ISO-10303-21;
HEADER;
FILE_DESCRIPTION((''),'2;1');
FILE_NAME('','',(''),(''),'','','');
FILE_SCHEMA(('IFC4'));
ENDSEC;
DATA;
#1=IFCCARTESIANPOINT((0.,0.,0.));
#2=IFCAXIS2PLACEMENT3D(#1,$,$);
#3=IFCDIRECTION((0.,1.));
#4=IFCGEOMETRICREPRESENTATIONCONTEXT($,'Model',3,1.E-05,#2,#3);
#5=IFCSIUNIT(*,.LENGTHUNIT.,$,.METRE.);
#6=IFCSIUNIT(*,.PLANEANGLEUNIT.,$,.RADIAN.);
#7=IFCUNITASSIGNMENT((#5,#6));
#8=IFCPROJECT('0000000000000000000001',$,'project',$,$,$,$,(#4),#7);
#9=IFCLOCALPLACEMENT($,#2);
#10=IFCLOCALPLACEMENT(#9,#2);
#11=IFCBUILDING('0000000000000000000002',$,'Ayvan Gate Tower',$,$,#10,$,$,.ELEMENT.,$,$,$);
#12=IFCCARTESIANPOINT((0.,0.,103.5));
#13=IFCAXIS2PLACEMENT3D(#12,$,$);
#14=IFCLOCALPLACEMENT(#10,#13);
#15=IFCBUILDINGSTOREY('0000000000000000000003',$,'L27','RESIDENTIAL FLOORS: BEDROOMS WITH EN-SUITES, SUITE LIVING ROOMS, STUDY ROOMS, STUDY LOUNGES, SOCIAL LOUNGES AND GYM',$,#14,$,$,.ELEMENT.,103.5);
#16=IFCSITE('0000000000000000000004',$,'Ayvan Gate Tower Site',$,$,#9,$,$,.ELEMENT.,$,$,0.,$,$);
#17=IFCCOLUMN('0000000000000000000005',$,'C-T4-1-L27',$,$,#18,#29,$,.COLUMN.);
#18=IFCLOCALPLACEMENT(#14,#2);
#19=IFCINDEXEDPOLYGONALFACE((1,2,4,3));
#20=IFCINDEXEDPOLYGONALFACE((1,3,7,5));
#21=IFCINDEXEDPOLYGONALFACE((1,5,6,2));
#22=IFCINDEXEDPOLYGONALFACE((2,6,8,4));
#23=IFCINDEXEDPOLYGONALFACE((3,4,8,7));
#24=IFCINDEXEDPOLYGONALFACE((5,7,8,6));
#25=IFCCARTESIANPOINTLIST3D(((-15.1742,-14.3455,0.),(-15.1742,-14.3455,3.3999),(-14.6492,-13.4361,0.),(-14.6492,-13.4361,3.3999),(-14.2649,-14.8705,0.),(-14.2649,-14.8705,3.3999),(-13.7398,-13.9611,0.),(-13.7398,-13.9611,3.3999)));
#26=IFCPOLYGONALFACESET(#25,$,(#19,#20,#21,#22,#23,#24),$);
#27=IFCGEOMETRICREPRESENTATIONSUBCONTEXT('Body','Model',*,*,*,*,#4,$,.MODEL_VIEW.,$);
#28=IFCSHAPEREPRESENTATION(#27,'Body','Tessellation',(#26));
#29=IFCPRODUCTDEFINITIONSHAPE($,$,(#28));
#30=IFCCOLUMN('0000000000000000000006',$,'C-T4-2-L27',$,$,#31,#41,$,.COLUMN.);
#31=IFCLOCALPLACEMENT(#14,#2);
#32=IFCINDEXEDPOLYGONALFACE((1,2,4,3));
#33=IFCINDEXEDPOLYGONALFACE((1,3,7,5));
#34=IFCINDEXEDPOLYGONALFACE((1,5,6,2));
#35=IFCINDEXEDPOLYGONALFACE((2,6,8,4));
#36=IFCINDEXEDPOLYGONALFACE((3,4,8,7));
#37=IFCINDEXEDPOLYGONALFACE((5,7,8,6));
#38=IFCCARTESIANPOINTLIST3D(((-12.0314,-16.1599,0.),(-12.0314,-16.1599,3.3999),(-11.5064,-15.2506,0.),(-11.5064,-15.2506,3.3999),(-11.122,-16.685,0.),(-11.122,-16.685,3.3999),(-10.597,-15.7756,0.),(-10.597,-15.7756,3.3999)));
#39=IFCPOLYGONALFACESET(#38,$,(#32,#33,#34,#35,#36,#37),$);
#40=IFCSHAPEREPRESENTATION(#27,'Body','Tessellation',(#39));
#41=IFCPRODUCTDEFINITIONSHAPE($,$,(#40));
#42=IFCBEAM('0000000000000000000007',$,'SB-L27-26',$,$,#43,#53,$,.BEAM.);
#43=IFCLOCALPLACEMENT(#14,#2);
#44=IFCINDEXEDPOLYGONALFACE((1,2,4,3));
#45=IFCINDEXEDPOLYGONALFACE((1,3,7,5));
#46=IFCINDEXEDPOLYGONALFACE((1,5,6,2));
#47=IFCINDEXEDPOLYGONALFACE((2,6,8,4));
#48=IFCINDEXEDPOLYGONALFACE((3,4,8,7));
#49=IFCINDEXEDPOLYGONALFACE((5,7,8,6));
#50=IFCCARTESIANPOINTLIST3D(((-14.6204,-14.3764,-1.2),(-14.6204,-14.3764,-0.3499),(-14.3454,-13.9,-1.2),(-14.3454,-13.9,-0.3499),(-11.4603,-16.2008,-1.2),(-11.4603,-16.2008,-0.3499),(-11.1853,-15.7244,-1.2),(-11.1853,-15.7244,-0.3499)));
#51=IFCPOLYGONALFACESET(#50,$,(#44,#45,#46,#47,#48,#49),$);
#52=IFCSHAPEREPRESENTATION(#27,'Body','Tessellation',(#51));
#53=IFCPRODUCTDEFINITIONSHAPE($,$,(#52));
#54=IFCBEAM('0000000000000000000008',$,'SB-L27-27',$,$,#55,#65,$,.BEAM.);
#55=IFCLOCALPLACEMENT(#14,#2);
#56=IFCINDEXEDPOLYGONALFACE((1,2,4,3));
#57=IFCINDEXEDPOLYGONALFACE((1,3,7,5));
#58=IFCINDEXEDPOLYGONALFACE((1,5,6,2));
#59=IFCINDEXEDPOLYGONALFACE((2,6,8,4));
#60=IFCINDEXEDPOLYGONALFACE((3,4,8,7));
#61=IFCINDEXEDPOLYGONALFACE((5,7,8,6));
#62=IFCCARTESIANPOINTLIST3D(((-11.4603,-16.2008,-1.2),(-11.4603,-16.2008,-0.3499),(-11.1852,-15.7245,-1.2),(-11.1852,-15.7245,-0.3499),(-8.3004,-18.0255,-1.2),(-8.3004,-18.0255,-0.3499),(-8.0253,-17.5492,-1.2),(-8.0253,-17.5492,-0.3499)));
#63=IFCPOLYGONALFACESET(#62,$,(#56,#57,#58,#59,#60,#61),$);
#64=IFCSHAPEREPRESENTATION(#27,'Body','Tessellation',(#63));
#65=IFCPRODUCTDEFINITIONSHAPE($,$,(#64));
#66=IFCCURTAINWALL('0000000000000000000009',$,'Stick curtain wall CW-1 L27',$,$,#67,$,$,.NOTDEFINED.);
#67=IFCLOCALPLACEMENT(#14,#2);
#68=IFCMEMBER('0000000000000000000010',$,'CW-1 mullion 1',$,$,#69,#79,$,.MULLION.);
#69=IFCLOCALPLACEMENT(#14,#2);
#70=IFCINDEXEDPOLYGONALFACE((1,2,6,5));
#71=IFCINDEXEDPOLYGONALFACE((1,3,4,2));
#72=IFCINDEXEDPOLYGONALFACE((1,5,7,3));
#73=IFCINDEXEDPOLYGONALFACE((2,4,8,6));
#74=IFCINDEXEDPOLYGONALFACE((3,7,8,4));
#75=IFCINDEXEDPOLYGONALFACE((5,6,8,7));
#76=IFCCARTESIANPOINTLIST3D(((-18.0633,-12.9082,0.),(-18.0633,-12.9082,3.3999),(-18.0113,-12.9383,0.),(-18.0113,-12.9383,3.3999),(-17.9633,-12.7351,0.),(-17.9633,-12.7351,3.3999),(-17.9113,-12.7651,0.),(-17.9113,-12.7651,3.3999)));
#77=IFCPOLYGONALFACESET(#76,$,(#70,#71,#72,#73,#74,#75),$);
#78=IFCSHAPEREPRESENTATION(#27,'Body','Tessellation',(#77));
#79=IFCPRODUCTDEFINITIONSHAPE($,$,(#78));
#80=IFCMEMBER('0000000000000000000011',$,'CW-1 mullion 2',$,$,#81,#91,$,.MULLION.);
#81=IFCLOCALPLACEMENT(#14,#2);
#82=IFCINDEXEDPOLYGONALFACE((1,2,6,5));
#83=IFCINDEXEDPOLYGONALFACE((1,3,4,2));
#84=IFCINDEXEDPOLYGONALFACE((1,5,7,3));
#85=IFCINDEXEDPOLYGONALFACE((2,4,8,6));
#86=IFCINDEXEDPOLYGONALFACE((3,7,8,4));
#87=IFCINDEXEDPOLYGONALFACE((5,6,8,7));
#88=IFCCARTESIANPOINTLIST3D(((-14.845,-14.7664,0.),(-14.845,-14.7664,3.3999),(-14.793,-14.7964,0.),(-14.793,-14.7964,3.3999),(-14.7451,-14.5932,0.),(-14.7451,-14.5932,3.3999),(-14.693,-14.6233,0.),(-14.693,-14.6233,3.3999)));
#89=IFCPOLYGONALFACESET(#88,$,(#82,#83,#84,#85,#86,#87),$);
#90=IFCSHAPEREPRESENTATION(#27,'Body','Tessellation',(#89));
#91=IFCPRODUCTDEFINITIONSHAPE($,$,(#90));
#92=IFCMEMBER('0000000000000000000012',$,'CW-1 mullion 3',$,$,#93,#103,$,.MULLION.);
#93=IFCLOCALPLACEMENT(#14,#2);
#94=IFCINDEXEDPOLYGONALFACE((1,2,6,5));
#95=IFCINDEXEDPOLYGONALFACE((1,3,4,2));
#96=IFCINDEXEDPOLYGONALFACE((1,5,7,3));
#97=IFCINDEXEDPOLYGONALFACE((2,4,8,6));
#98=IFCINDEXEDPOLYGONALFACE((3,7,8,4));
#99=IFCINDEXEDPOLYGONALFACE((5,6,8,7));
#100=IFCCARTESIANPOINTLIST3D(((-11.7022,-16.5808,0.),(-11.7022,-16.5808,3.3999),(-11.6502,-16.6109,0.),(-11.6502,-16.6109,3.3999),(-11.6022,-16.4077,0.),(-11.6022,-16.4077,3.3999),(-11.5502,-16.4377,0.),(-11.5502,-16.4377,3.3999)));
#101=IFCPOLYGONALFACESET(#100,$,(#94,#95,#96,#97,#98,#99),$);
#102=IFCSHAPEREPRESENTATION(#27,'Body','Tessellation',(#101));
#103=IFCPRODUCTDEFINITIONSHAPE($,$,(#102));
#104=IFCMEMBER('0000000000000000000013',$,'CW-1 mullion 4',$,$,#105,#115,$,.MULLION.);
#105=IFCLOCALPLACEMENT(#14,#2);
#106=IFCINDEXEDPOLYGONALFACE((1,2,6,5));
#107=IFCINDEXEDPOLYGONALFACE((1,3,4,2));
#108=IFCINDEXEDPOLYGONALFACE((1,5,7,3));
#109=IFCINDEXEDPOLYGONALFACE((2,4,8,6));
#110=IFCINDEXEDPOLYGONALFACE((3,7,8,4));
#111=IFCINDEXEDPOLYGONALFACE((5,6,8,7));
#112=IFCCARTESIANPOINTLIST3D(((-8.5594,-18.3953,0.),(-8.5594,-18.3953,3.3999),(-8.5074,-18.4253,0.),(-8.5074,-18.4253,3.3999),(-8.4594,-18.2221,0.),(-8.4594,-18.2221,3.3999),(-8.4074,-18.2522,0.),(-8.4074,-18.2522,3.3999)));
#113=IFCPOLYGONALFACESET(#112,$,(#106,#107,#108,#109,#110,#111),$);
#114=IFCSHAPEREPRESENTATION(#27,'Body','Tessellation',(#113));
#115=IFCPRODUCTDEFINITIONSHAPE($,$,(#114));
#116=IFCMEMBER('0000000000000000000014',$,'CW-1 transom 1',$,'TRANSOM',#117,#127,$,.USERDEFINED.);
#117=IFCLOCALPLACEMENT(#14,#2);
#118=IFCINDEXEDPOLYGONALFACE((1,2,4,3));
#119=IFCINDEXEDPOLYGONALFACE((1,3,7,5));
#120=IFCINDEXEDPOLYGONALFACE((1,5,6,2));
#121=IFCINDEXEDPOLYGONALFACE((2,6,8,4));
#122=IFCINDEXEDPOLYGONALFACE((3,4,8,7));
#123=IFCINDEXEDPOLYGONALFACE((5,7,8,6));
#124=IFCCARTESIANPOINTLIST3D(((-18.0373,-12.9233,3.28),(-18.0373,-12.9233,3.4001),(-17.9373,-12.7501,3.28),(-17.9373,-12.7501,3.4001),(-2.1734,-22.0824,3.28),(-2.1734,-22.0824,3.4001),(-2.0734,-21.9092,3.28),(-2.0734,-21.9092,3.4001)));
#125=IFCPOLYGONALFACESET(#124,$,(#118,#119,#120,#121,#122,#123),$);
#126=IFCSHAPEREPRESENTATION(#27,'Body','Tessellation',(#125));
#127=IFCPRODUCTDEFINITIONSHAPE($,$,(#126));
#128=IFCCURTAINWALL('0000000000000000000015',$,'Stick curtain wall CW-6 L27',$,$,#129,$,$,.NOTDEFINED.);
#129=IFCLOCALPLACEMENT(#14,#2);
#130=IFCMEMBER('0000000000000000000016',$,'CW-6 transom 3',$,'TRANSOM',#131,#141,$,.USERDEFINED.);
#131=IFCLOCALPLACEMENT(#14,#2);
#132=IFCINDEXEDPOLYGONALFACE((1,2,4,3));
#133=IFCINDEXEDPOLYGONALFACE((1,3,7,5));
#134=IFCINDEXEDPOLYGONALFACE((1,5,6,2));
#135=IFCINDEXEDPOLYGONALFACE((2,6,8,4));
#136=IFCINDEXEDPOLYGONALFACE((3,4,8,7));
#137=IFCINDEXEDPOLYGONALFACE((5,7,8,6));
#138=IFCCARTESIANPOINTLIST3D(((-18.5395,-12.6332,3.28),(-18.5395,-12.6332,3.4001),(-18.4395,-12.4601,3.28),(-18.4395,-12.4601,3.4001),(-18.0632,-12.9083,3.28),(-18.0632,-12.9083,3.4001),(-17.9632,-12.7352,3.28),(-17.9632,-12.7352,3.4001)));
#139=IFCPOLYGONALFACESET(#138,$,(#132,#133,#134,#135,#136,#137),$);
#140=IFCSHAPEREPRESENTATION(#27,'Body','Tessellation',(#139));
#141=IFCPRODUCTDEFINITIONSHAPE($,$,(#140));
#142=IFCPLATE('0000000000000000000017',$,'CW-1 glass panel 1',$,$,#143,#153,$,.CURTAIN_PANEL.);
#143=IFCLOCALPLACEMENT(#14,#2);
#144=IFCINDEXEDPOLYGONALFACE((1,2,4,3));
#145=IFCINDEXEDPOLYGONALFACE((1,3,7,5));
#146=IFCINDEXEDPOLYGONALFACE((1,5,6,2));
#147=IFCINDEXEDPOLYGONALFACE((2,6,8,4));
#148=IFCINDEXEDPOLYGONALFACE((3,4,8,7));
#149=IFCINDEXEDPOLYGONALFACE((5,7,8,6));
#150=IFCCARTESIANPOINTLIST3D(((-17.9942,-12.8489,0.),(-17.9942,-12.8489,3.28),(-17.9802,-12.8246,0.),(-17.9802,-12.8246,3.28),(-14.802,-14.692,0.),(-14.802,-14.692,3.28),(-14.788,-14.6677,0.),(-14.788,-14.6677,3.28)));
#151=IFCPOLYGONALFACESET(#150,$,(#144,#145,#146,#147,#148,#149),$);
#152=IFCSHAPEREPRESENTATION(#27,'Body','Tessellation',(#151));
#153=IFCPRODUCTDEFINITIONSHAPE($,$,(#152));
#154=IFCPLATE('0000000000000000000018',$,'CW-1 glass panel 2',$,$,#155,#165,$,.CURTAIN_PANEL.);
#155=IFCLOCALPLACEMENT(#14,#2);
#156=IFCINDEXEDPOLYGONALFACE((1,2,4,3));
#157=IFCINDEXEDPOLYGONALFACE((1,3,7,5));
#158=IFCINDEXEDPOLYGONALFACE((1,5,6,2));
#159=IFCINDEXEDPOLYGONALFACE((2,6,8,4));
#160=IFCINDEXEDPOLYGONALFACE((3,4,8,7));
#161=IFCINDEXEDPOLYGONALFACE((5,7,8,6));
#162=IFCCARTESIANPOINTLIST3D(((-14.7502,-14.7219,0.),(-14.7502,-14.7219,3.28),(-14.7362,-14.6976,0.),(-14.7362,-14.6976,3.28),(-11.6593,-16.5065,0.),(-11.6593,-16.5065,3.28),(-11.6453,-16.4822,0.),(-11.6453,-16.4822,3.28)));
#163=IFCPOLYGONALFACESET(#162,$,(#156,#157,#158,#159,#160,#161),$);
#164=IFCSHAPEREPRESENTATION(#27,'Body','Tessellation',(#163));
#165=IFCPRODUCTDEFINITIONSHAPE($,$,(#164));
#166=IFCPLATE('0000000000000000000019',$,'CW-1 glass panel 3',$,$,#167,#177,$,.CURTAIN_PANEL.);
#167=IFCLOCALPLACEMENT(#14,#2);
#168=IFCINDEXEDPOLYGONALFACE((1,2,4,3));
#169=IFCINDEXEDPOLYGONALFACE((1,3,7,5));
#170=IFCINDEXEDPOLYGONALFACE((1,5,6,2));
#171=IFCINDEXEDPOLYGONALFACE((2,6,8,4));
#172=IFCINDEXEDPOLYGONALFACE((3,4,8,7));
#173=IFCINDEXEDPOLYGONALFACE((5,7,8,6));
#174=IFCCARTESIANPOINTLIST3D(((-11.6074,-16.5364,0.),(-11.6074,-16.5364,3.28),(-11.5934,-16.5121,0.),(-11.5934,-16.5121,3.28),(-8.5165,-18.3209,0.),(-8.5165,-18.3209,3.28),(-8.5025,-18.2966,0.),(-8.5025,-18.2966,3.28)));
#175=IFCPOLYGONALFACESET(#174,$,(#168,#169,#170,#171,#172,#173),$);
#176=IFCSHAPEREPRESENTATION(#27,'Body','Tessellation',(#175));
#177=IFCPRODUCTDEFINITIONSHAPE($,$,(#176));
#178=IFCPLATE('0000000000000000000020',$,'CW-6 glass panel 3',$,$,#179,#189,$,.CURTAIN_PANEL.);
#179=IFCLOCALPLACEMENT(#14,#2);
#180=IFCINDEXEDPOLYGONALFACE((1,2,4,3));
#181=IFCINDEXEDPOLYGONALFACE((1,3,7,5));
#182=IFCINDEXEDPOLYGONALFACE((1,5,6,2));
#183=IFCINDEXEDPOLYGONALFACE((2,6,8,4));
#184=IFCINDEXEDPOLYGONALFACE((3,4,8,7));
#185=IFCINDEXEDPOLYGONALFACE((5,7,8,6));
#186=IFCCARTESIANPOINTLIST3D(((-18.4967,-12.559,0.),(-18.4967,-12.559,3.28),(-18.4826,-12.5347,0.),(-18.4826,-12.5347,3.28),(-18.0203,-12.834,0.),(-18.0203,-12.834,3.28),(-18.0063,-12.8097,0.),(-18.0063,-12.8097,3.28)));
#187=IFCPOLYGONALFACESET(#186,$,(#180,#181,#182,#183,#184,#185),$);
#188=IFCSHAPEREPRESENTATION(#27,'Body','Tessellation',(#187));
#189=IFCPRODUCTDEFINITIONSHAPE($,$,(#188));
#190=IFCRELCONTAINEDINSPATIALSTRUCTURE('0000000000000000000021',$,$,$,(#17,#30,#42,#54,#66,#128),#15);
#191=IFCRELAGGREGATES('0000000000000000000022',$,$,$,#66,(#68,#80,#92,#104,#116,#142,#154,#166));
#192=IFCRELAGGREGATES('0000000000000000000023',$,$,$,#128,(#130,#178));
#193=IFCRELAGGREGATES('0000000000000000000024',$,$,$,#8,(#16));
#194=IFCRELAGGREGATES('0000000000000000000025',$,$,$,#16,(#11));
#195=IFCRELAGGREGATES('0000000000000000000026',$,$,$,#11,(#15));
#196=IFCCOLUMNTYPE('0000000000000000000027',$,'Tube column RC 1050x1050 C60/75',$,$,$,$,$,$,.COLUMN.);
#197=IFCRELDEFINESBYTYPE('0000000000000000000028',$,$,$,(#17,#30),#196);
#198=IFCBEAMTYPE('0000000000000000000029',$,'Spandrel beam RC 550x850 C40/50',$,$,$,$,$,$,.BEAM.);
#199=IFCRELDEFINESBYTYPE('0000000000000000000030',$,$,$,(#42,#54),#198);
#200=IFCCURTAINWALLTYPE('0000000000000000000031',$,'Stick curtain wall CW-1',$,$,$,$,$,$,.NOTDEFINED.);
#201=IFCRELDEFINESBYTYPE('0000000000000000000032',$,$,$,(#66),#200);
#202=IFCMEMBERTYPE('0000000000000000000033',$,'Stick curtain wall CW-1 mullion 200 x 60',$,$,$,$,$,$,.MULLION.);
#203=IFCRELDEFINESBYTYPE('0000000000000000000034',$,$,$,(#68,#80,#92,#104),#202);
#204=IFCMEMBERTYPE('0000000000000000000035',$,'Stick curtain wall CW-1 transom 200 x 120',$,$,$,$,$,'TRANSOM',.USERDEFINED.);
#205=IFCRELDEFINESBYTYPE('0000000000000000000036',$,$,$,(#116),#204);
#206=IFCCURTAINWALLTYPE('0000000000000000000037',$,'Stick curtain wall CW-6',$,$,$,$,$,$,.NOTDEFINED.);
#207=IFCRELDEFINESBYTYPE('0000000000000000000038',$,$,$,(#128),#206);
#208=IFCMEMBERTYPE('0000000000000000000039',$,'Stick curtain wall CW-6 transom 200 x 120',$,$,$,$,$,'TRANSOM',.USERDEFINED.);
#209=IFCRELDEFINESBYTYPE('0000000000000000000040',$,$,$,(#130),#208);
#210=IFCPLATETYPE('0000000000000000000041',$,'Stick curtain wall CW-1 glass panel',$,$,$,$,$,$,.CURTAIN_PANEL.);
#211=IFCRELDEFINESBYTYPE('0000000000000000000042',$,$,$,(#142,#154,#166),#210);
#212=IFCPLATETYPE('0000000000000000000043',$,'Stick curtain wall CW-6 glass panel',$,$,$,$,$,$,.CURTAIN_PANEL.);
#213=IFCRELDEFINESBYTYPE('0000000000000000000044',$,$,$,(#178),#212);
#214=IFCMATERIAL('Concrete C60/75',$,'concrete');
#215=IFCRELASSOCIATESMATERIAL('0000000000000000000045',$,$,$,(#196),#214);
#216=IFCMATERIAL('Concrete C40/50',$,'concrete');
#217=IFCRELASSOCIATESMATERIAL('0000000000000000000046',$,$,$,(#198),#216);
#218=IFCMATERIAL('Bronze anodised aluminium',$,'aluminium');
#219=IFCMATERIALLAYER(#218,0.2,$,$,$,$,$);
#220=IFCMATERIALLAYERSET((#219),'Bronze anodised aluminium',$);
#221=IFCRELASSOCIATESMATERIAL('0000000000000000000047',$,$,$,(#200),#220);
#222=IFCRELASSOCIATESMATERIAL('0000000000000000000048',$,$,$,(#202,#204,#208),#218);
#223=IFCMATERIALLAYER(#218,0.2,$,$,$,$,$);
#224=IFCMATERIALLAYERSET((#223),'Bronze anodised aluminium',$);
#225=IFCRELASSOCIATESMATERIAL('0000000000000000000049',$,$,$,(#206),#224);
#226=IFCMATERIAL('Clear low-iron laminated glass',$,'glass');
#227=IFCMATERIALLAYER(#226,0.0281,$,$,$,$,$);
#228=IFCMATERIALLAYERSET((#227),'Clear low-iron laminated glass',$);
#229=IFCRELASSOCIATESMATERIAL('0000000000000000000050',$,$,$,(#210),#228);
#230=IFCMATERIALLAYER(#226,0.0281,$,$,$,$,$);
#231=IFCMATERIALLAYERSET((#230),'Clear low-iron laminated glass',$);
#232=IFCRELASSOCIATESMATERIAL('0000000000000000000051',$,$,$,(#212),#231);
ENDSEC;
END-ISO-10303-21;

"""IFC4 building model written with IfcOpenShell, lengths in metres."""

from ifc_helpers import new_model, si_unit, direction, frame, origin, origin_2d, place, context, subcontext, project, spatial, rectangle, extrude, material, layer, layer_set, material_profile, profile_set, type_object, element, aggregate, save


model = new_model("IFC4")

# Units and contexts
model_context = context("Model", 3, precision=1e-05, world=origin(), true_north=direction((0.0, 1.0)))
body_context = subcontext(model_context, "Body", "Model", "MODEL_VIEW")
ifc_project = project(units=[si_unit("LENGTHUNIT", "METRE"), si_unit("PLANEANGLEUNIT", "RADIAN")], contexts=[model_context])

# Site, building, storey
site_placement = place(None, origin())
site = spatial("IfcSite", under=ifc_project, at=site_placement, Name="Ayvan Gate Tower Site", CompositionType="ELEMENT", RefElevation=0.0)
building_placement = place(site_placement, origin())
building = spatial("IfcBuilding", under=site, at=building_placement, Name="Ayvan Gate Tower", CompositionType="ELEMENT")
storey_placement = place(building_placement, frame((0.0, 0.0, 103.5)))
storey = spatial("IfcBuildingStorey", under=building, at=storey_placement, Name="L27", Description="RESIDENTIAL FLOORS: BEDROOMS WITH EN-SUITES, SUITE LIVING ROOMS, STUDY ROOMS, STUDY LOUNGES, SOCIAL LOUNGES AND GYM", CompositionType="ELEMENT", Elevation=103.5)

# Columns
ifc_material_1 = material(Name="Concrete C60/75", Category="concrete")
ifc_material_profile_1 = material_profile(ifc_material_1, rectangle(XDim=1.05, YDim=1.05, at=origin_2d()), Name="RC 1050x1050")
ifc_profile_set_1 = profile_set([ifc_material_profile_1], Name="Concrete C60/75")
column_type = type_object("IfcColumnType", Name="Tube column RC 1050x1050 C60/75", PredefinedType="COLUMN", material=ifc_profile_set_1)
for number, where, z_axis, x_axis, name in (
    (1, (-14.457, -14.1533, 0.0), (0.0, 0.0, 1.0), (-0.5, -0.866025, 0.0), "C-T4-1-L27"),
    (2, (-11.3142, -15.9678, 0.0), (0.0, 0.0, 1.0), (-0.5, -0.866025, 0.0), "C-T4-2-L27"),
):
    element("IfcColumn", number, at=place(storey_placement, frame(where, z_axis=z_axis, x_axis=x_axis)), inside=storey, type_object=column_type, Name=name, PredefinedType="COLUMN", context=body_context, shape_type="SweptSolid", body=[
        extrude(rectangle(XDim=1.05, YDim=1.05, at=origin_2d()), origin(), (0.0, 0.0, 1.0), 3.3999),
    ])

# Beams
ifc_material_2 = material(Name="Concrete C40/50", Category="concrete")
ifc_material_profile_2 = material_profile(ifc_material_2, rectangle(XDim=0.55, YDim=0.8501, at=origin_2d()), Name="RC 550x850")
ifc_profile_set_2 = profile_set([ifc_material_profile_2], Name="Concrete C40/50")
beam_type = type_object("IfcBeamType", Name="Spandrel beam RC 550x850 C40/50", PredefinedType="BEAM", material=ifc_profile_set_2)
for number, where, z_axis, x_axis, name in (
    (3, (-14.4829, -14.1382, -0.7749), (0.866032, -0.499989, 0.0), (0.499989, 0.866032, 0.0), "SB-L27-26"),
    (4, (-11.3228, -15.9626, -0.7749), (0.865986, -0.500068, 0.0), (0.500068, 0.865986, 0.0), "SB-L27-27"),
):
    element("IfcBeam", number, at=place(storey_placement, frame(where, z_axis=z_axis, x_axis=x_axis)), inside=storey, type_object=beam_type, Name=name, PredefinedType="BEAM", context=body_context, shape_type="SweptSolid", body=[
        extrude(rectangle(XDim=0.55, YDim=0.8501, at=origin_2d()), origin(), (0.0, 0.0, 1.0), 3.6489),
    ])

# Curtain wall, members
ifc_material_3 = material(Name="Bronze anodised aluminium", Category="aluminium")
ifc_layer_1 = layer(ifc_material_3, 0.2)
ifc_layer_set_1 = layer_set([ifc_layer_1], Name="Bronze anodised aluminium")
curtain_wall_type_1 = type_object("IfcCurtainWallType", Name="Stick curtain wall CW-1", PredefinedType="NOTDEFINED", material=ifc_layer_set_1)
curtain_wall_1_placement = place(storey_placement, origin())
curtain_wall_1 = element("IfcCurtainWall", 5, at=curtain_wall_1_placement, inside=storey, type_object=curtain_wall_type_1, Name="Stick curtain wall CW-1 L27", PredefinedType="NOTDEFINED")
ifc_material_profile_3 = material_profile(ifc_material_3, rectangle(XDim=0.2, YDim=0.0601, at=origin_2d()), Name="Stick curtain wall CW-1 mullion 200 x 60")
ifc_profile_set_3 = profile_set([ifc_material_profile_3], Name="Bronze anodised aluminium")
member_type_1 = type_object("IfcMemberType", Name="Stick curtain wall CW-1 mullion 200 x 60", PredefinedType="MULLION", material=ifc_profile_set_3)
member_1_placement = place(storey_placement, frame((-17.9873, -12.8367, 0.0), z_axis=(0.0, 0.0, 1.0), x_axis=(-0.5, -0.866025, 0.0)))
member_1 = element("IfcMember", 6, at=member_1_placement, type_object=member_type_1, Name="CW-1 mullion 1", PredefinedType="MULLION", context=body_context, shape_type="SweptSolid", body=[
    extrude(rectangle(XDim=0.2, YDim=0.0601, at=origin_2d()), origin(), (0.0, 0.0, 1.0), 3.3999),
])
member_2_placement = place(storey_placement, frame((-14.769, -14.6948, 0.0), z_axis=(0.0, 0.0, 1.0), x_axis=(-0.5, -0.866025, 0.0)))
member_2 = element("IfcMember", 7, at=member_2_placement, type_object=member_type_1, Name="CW-1 mullion 2", PredefinedType="MULLION", context=body_context, shape_type="SweptSolid", body=[
    extrude(rectangle(XDim=0.2, YDim=0.0601, at=origin_2d()), origin(), (0.0, 0.0, 1.0), 3.3999),
])
member_3_placement = place(storey_placement, frame((-11.6262, -16.5093, 0.0), z_axis=(0.0, 0.0, 1.0), x_axis=(-0.5, -0.866025, 0.0)))
member_3 = element("IfcMember", 8, at=member_3_placement, type_object=member_type_1, Name="CW-1 mullion 3", PredefinedType="MULLION", context=body_context, shape_type="SweptSolid", body=[
    extrude(rectangle(XDim=0.2, YDim=0.0601, at=origin_2d()), origin(), (0.0, 0.0, 1.0), 3.3999),
])
member_4_placement = place(storey_placement, frame((-8.4834, -18.3237, 0.0), z_axis=(0.0, 0.0, 1.0), x_axis=(-0.5, -0.866025, 0.0)))
member_4 = element("IfcMember", 9, at=member_4_placement, type_object=member_type_1, Name="CW-1 mullion 4", PredefinedType="MULLION", context=body_context, shape_type="SweptSolid", body=[
    extrude(rectangle(XDim=0.2, YDim=0.0601, at=origin_2d()), origin(), (0.0, 0.0, 1.0), 3.3999),
])
ifc_material_profile_4 = material_profile(ifc_material_3, rectangle(XDim=0.2, YDim=0.1201, at=origin_2d()), Name="Stick curtain wall CW-1 transom 200 x 120")
ifc_profile_set_4 = profile_set([ifc_material_profile_4], Name="Bronze anodised aluminium")
member_type_2 = type_object("IfcMemberType", Name="Stick curtain wall CW-1 transom 200 x 120", ElementType="TRANSOM", PredefinedType="USERDEFINED", material=ifc_profile_set_4)
member_5_placement = place(storey_placement, frame((-17.9873, -12.8367, 3.3401), z_axis=(0.866023, -0.500004, 0.0), x_axis=(0.500004, 0.866023, 0.0)))
member_5 = element("IfcMember", 10, at=member_5_placement, type_object=member_type_2, Name="CW-1 transom 1", ObjectType="TRANSOM", PredefinedType="USERDEFINED", context=body_context, shape_type="SweptSolid", body=[
    extrude(rectangle(XDim=0.2, YDim=0.1201, at=origin_2d()), origin(), (0.0, 0.0, 1.0), 18.3181),
])

# Curtain wall, member
ifc_layer_2 = layer(ifc_material_3, 0.2)
ifc_layer_set_2 = layer_set([ifc_layer_2], Name="Bronze anodised aluminium")
curtain_wall_type_2 = type_object("IfcCurtainWallType", Name="Stick curtain wall CW-6", PredefinedType="NOTDEFINED", material=ifc_layer_set_2)
curtain_wall_2_placement = place(storey_placement, origin())
curtain_wall_2 = element("IfcCurtainWall", 11, at=curtain_wall_2_placement, inside=storey, type_object=curtain_wall_type_2, Name="Stick curtain wall CW-6 L27", PredefinedType="NOTDEFINED")
ifc_material_profile_5 = material_profile(ifc_material_3, rectangle(XDim=0.2, YDim=0.1201, at=origin_2d()), Name="Stick curtain wall CW-6 transom 200 x 120")
ifc_profile_set_5 = profile_set([ifc_material_profile_5], Name="Bronze anodised aluminium")
member_type_3 = type_object("IfcMemberType", Name="Stick curtain wall CW-6 transom 200 x 120", ElementType="TRANSOM", PredefinedType="USERDEFINED", material=ifc_profile_set_5)
member_6_placement = place(storey_placement, frame((-18.4895, -12.5466, 3.3401), z_axis=(0.865912, -0.500196, 0.0), x_axis=(0.500196, 0.865912, 0.0)))
member_6 = element("IfcMember", 12, at=member_6_placement, type_object=member_type_3, Name="CW-6 transom 3", ObjectType="TRANSOM", PredefinedType="USERDEFINED", context=body_context, shape_type="SweptSolid", body=[
    extrude(rectangle(XDim=0.2, YDim=0.1201, at=origin_2d()), origin(), (0.0, 0.0, 1.0), 0.55),
])

# Plates
ifc_material_4 = material(Name="Clear low-iron laminated glass", Category="glass")
ifc_layer_3 = layer(ifc_material_4, 0.0281)
ifc_layer_set_3 = layer_set([ifc_layer_3], Name="Clear low-iron laminated glass")
plate_type_1 = type_object("IfcPlateType", Name="Stick curtain wall CW-1 glass panel", PredefinedType="CURTAIN_PANEL", material=ifc_layer_set_3)
plate_1_placement = place(storey_placement, frame((-16.3911, -13.7583, 0.0), z_axis=(0.0, 0.0, 1.0), x_axis=(0.866025, -0.5, 0.0)))
plate_1 = element("IfcPlate", 13, at=plate_1_placement, type_object=plate_type_1, Name="CW-1 glass panel 1", PredefinedType="CURTAIN_PANEL", context=body_context, shape_type="SweptSolid", body=[
    extrude(rectangle(XDim=3.686, YDim=0.0281, at=origin_2d()), origin(), (0.0, 0.0, 1.0), 3.28),
])
plate_2_placement = place(storey_placement, frame((-13.1978, -15.6021, 0.0), z_axis=(0.0, 0.0, 1.0), x_axis=(0.866025, -0.5, 0.0)))
plate_2 = element("IfcPlate", 14, at=plate_2_placement, type_object=plate_type_1, Name="CW-1 glass panel 2", PredefinedType="CURTAIN_PANEL", context=body_context, shape_type="SweptSolid", body=[
    extrude(rectangle(XDim=3.5691, YDim=0.0281, at=origin_2d()), origin(), (0.0, 0.0, 1.0), 3.28),
])
plate_3_placement = place(storey_placement, frame((-10.0549, -17.4165, 0.0), z_axis=(0.0, 0.0, 1.0), x_axis=(0.866025, -0.5, 0.0)))
plate_3 = element("IfcPlate", 15, at=plate_3_placement, type_object=plate_type_1, Name="CW-1 glass panel 3", PredefinedType="CURTAIN_PANEL", context=body_context, shape_type="SweptSolid", body=[
    extrude(rectangle(XDim=3.5691, YDim=0.0281, at=origin_2d()), origin(), (0.0, 0.0, 1.0), 3.28),
])
aggregate(curtain_wall_1, [member_1, member_2, member_3, member_4, member_5, plate_1, plate_2, plate_3])
ifc_layer_4 = layer(ifc_material_4, 0.0281)
ifc_layer_set_4 = layer_set([ifc_layer_4], Name="Clear low-iron laminated glass")
plate_type_2 = type_object("IfcPlateType", Name="Stick curtain wall CW-6 glass panel", PredefinedType="CURTAIN_PANEL", material=ifc_layer_set_4)
plate_4_placement = place(storey_placement, frame((-18.2515, -12.6843, 0.0), z_axis=(0.0, 0.0, 1.0), x_axis=(0.866025, -0.5, 0.0)))
plate_4 = element("IfcPlate", 16, at=plate_4_placement, type_object=plate_type_2, Name="CW-6 glass panel 3", PredefinedType="CURTAIN_PANEL", context=body_context, shape_type="SweptSolid", body=[
    extrude(rectangle(XDim=0.55, YDim=0.0281, at=origin_2d()), origin(), (0.0, 0.0, 1.0), 3.28),
])
aggregate(curtain_wall_2, [member_6, plate_4])

save(model, "model.ifc")
